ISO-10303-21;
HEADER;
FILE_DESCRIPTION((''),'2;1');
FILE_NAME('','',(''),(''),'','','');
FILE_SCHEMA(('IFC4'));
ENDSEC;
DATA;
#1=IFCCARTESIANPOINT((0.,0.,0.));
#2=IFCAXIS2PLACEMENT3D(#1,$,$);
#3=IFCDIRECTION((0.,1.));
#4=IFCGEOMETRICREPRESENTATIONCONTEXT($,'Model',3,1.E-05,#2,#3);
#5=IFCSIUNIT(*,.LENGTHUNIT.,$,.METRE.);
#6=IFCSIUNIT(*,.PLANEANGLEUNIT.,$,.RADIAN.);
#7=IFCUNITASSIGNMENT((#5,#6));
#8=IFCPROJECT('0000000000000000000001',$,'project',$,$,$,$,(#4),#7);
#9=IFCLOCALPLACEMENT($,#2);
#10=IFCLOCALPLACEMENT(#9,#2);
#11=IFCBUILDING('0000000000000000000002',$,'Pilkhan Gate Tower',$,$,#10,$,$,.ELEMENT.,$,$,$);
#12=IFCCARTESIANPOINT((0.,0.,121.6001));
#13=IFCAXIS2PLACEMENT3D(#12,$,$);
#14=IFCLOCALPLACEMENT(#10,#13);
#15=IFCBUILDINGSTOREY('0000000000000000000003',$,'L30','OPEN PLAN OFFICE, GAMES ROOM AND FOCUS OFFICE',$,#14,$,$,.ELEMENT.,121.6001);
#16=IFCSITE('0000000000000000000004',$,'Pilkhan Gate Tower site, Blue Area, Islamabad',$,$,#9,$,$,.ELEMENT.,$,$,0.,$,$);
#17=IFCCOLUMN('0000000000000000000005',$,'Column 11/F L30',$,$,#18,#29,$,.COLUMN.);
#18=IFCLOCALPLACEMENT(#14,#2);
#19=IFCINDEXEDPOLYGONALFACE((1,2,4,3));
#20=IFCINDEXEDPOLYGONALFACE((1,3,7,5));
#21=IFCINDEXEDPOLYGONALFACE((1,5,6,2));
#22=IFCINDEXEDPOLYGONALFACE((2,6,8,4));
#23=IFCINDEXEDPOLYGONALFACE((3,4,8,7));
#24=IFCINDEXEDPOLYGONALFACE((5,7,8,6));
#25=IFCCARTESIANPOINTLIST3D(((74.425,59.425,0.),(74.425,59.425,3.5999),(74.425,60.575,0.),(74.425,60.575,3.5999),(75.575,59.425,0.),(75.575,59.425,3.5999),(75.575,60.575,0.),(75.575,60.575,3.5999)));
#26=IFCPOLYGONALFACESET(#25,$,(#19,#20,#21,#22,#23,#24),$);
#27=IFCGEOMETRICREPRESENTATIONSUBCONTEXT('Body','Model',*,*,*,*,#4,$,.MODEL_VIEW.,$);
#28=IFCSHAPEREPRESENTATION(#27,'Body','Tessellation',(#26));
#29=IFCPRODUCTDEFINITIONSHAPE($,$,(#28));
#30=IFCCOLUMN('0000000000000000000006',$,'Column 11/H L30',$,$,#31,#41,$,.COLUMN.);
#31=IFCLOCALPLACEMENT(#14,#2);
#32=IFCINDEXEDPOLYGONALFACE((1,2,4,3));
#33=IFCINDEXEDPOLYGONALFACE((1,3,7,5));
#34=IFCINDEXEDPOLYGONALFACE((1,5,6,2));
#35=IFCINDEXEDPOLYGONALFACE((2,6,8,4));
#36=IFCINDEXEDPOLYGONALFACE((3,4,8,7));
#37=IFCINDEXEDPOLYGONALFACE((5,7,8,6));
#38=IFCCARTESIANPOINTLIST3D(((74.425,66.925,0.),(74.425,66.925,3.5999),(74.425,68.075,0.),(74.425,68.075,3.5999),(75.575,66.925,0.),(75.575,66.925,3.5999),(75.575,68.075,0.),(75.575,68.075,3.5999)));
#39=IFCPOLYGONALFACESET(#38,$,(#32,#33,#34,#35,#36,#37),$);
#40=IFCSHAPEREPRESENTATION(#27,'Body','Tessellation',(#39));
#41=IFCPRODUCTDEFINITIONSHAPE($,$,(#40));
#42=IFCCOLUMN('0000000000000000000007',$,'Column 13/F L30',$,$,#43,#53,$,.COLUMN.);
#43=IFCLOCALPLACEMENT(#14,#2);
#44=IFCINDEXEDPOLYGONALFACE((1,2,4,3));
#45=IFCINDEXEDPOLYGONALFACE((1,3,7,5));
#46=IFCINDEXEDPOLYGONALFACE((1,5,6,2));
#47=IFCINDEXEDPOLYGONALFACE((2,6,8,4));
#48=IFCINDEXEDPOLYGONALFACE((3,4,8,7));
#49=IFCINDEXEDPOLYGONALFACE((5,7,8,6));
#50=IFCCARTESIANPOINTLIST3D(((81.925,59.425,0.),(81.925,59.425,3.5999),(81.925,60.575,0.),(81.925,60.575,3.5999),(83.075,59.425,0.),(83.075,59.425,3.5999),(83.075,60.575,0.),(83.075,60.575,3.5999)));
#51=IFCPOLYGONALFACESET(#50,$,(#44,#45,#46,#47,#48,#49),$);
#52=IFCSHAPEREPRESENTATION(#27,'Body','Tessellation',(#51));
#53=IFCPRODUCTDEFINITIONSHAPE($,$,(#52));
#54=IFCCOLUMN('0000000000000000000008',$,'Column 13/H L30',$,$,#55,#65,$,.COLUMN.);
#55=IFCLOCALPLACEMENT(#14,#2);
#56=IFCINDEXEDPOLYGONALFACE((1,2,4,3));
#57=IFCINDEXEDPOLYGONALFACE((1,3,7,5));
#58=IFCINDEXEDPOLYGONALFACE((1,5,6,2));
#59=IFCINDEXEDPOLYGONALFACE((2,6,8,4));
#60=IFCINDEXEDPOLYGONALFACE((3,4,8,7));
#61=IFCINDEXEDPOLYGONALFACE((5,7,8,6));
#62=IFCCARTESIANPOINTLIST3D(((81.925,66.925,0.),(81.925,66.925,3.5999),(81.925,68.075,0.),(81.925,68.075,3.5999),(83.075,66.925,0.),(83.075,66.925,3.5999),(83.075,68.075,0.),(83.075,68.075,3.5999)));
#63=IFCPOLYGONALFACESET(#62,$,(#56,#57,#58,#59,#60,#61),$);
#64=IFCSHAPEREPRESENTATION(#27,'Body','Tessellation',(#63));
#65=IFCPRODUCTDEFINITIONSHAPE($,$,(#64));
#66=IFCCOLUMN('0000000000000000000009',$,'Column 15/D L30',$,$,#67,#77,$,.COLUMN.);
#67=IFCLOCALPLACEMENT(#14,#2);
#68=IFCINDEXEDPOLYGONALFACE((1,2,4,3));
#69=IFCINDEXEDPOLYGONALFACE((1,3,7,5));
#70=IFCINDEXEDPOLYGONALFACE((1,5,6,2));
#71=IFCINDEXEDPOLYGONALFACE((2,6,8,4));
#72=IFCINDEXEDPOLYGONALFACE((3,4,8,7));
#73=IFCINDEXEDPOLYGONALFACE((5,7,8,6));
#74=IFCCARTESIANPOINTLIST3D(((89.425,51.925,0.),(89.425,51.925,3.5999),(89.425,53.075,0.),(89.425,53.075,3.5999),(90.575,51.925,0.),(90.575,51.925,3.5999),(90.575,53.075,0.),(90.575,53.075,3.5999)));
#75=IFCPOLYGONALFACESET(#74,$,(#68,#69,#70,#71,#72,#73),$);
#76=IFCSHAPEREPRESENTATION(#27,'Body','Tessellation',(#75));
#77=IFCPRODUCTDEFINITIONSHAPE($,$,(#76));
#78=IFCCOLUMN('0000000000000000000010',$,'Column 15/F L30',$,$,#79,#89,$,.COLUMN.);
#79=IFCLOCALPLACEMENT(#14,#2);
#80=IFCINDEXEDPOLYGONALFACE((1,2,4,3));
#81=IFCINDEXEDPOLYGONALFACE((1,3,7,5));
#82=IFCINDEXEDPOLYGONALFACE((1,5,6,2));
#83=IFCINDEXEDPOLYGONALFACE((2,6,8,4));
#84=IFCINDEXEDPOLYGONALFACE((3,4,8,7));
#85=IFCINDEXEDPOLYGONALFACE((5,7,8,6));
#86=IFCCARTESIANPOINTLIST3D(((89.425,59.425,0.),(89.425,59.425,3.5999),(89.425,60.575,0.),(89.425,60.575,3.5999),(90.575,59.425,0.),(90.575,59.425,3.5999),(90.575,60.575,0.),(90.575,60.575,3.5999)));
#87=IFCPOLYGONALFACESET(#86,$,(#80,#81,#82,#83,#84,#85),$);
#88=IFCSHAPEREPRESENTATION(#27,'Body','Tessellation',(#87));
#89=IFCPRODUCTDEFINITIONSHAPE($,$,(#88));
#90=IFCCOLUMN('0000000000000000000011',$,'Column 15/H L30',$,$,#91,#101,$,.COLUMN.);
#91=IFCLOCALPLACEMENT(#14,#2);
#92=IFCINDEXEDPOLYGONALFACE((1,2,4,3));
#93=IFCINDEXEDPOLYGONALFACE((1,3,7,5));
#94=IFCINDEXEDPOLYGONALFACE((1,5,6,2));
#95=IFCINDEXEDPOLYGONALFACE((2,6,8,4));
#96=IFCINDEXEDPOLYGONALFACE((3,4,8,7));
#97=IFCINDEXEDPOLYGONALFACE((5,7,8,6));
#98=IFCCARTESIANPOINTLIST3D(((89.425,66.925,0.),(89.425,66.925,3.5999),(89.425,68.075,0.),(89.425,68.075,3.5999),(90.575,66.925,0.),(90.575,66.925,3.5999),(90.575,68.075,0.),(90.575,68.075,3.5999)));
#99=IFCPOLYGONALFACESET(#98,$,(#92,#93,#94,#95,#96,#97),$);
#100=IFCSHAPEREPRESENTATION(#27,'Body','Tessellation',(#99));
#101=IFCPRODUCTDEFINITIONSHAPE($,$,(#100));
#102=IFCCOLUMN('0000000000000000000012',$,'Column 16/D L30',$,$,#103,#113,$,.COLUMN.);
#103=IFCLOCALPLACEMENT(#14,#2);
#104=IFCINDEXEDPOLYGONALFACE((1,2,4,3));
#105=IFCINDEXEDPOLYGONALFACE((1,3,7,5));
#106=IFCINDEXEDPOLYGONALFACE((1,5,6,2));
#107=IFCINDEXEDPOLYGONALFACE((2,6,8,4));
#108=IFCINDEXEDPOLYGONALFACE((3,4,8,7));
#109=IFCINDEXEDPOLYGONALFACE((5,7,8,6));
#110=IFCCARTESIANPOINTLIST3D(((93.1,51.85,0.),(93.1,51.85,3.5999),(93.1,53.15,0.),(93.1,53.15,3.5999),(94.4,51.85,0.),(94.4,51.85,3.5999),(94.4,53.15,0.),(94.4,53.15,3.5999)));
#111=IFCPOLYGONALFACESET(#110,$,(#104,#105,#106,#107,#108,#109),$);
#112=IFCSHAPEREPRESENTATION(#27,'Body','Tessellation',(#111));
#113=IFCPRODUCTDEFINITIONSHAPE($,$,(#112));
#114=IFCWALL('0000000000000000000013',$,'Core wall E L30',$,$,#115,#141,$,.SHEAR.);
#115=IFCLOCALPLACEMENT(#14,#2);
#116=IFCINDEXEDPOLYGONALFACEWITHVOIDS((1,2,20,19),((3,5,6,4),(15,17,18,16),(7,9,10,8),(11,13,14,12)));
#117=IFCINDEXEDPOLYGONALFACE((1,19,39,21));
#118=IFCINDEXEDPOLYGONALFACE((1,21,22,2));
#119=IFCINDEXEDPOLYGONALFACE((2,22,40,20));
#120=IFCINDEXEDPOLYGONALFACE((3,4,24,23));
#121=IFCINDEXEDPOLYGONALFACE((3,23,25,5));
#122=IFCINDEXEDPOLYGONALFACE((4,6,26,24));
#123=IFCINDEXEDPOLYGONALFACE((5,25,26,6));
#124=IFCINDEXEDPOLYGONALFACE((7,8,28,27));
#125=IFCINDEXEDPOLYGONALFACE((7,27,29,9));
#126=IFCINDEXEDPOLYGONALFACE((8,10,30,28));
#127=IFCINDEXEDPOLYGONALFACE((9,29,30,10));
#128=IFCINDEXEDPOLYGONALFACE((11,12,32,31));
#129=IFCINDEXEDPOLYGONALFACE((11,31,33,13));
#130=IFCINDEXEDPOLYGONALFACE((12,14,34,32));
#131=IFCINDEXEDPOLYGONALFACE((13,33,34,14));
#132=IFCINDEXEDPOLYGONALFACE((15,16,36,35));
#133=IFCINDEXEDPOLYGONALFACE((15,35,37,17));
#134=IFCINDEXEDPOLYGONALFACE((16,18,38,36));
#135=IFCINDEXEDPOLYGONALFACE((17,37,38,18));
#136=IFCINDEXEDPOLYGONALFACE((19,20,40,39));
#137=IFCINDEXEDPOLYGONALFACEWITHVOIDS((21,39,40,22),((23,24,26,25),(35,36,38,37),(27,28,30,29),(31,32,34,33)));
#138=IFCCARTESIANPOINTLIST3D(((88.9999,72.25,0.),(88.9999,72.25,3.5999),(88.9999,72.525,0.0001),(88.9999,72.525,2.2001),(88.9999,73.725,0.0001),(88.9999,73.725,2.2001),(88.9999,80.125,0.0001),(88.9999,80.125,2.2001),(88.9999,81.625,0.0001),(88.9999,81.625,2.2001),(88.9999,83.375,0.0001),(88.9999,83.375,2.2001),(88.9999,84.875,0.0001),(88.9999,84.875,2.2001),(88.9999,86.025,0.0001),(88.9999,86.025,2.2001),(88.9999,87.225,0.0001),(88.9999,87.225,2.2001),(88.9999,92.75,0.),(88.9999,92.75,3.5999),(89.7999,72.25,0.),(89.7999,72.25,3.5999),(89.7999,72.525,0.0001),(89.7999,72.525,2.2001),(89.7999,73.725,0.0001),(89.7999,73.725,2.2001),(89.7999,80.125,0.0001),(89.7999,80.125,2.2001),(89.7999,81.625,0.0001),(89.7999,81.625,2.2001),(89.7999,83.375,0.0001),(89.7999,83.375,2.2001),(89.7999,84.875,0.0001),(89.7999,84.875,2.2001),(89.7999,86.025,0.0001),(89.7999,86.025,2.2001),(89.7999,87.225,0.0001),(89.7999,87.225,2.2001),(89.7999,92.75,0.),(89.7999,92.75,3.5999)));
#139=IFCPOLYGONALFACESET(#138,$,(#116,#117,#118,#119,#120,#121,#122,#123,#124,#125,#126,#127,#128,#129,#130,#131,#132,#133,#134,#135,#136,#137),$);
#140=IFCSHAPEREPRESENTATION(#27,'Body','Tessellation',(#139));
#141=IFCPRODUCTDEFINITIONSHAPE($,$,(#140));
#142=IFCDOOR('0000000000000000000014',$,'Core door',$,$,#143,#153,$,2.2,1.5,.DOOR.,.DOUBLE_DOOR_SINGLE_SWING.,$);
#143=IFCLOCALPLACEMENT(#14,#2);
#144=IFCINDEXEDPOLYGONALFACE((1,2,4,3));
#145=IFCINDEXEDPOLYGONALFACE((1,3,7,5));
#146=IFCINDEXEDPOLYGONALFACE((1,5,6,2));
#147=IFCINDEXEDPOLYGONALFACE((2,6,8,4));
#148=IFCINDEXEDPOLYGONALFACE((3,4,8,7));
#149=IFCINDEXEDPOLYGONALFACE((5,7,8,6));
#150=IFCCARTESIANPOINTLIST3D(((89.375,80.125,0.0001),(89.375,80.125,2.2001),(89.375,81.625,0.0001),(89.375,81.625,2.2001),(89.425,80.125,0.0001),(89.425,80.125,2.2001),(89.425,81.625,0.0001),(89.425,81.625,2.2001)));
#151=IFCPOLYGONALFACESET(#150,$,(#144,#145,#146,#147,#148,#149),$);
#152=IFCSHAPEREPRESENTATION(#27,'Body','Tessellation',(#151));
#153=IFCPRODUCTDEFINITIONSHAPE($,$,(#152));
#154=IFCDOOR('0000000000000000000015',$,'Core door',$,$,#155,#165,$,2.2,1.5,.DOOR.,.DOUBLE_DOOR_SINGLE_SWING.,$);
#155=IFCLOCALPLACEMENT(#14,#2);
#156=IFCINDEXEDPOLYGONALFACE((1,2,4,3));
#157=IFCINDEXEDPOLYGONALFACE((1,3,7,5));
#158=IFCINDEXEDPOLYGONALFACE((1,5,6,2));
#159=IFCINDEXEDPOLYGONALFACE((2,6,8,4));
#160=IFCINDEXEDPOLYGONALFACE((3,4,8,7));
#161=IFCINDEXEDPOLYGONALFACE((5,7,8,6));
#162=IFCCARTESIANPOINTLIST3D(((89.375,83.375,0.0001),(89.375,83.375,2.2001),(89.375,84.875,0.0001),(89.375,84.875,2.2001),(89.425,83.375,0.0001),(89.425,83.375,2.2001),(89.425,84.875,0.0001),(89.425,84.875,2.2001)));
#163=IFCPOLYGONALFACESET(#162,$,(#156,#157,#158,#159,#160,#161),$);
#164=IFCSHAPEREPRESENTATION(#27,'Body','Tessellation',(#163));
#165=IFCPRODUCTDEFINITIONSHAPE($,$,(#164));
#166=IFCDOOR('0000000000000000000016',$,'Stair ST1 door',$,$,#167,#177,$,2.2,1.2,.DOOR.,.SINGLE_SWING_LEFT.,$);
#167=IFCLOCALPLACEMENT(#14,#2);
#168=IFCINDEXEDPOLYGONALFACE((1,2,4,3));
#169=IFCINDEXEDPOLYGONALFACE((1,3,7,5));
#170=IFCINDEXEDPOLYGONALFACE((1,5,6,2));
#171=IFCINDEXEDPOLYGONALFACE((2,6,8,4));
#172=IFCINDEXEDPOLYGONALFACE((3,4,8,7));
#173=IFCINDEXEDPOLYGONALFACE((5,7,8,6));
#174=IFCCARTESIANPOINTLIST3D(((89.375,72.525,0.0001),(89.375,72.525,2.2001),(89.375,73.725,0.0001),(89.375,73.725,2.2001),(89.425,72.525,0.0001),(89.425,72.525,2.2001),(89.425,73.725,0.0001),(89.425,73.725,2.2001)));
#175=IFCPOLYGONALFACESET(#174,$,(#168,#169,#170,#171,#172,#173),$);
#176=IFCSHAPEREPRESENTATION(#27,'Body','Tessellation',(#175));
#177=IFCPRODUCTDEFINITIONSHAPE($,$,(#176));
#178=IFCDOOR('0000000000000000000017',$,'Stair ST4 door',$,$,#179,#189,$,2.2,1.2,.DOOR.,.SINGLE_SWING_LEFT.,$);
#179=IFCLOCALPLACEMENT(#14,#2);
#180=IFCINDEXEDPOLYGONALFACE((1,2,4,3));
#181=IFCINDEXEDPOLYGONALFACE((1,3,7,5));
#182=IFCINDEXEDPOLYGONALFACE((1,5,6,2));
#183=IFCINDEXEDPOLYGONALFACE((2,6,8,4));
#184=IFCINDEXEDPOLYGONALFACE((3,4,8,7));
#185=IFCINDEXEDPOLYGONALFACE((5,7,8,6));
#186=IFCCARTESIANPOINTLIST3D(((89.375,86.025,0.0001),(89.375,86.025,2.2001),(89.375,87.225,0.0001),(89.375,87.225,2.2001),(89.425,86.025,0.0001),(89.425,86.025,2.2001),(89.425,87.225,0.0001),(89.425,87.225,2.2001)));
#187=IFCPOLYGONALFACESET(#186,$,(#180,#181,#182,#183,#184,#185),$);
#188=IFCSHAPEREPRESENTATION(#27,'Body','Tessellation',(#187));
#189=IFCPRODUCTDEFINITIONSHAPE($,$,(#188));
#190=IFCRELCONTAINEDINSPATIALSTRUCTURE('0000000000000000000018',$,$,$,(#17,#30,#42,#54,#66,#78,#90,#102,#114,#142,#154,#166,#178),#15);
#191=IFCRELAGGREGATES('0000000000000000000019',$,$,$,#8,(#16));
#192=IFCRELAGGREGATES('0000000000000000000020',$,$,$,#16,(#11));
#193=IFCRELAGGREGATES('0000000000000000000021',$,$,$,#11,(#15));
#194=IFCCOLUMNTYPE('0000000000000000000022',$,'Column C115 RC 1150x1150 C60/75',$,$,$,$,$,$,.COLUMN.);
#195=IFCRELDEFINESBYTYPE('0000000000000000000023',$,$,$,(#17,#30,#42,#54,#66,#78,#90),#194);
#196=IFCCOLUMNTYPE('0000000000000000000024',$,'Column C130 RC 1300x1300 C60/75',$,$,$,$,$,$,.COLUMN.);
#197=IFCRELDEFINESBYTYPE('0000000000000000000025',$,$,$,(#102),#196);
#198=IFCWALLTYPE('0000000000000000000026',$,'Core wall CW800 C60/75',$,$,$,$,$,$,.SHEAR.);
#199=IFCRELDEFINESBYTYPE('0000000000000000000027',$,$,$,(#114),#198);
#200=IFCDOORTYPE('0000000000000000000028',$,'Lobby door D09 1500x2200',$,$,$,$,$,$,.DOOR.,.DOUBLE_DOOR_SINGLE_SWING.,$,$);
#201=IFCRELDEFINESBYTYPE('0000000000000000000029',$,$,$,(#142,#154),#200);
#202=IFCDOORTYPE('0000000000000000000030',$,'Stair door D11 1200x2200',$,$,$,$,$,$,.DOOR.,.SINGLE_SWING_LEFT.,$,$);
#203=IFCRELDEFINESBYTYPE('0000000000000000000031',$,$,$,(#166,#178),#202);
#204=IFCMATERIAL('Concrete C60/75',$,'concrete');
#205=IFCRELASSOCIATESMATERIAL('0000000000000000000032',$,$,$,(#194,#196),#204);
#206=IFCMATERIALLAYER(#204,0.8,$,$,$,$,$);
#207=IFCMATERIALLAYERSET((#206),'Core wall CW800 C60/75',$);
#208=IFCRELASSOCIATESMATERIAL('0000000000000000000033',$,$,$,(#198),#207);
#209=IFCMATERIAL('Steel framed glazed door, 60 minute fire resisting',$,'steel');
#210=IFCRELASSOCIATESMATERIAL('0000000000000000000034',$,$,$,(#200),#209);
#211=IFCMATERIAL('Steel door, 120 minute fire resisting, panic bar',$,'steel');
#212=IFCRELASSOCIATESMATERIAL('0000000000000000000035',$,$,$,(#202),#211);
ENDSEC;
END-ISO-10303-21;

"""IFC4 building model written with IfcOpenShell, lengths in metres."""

from ifc_helpers import new_model, si_unit, direction, frame, frame_2d, origin, origin_2d, place, context, subcontext, project, spatial, rectangle, extrude, material, layer, layer_set, material_profile, profile_set, type_object, element, fill, save


model = new_model("IFC4")

# Units and contexts
model_context = context("Model", 3, precision=1e-05, world=origin(), true_north=direction((0.0, 1.0)))
body_context = subcontext(model_context, "Body", "Model", "MODEL_VIEW")
ifc_project = project(units=[si_unit("LENGTHUNIT", "METRE"), si_unit("PLANEANGLEUNIT", "RADIAN")], contexts=[model_context])

# Site, building, storey
site_placement = place(None, origin())
site = spatial("IfcSite", under=ifc_project, at=site_placement, Name="Pilkhan Gate Tower site, Blue Area, Islamabad", CompositionType="ELEMENT", RefElevation=0.0)
building_placement = place(site_placement, origin())
building = spatial("IfcBuilding", under=site, at=building_placement, Name="Pilkhan Gate Tower", CompositionType="ELEMENT")
storey_placement = place(building_placement, frame((0.0, 0.0, 121.6001)))
storey = spatial("IfcBuildingStorey", under=building, at=storey_placement, Name="L30", Description="OPEN PLAN OFFICE, GAMES ROOM AND FOCUS OFFICE", CompositionType="ELEMENT", Elevation=121.6001)

# Columns
ifc_material_1 = material(Name="Concrete C60/75", Category="concrete")
ifc_material_profile_1 = material_profile(ifc_material_1, rectangle(XDim=1.1499, YDim=1.1499, at=origin_2d()), Name="RC 1150x1150")
ifc_profile_set_1 = profile_set([ifc_material_profile_1], Name="Concrete C60/75")
column_type_1 = type_object("IfcColumnType", Name="Column C115 RC 1150x1150 C60/75", PredefinedType="COLUMN", material=ifc_profile_set_1)
for number, where, z_axis, x_axis, name in (
    (1, (75.0, 60.0, 0.0), (0.0, 0.0, 1.0), (1.0, 0.0, 0.0), "Column 11/F L30"),
    (2, (75.0, 67.5, 0.0), (0.0, 0.0, 1.0), (1.0, 0.0, 0.0), "Column 11/H L30"),
    (3, (82.5, 60.0, 0.0), (0.0, 0.0, 1.0), (1.0, 0.0, 0.0), "Column 13/F L30"),
    (4, (82.5, 67.5, 0.0), (0.0, 0.0, 1.0), (1.0, 0.0, 0.0), "Column 13/H L30"),
    (5, (90.0, 52.5, 0.0), (0.0, 0.0, 1.0), (1.0, 0.0, 0.0), "Column 15/D L30"),
    (6, (90.0, 60.0, 0.0), (0.0, 0.0, 1.0), (1.0, 0.0, 0.0), "Column 15/F L30"),
    (7, (90.0, 67.5, 0.0), (0.0, 0.0, 1.0), (1.0, 0.0, 0.0), "Column 15/H L30"),
):
    element("IfcColumn", number, at=place(storey_placement, frame(where, z_axis=z_axis, x_axis=x_axis)), inside=storey, type_object=column_type_1, Name=name, PredefinedType="COLUMN", context=body_context, shape_type="SweptSolid", body=[
        extrude(rectangle(XDim=1.1499, YDim=1.1499, at=origin_2d()), origin(), (0.0, 0.0, 1.0), 3.5999),
    ])
ifc_material_profile_2 = material_profile(ifc_material_1, rectangle(XDim=1.3, YDim=1.3, at=origin_2d()), Name="RC 1300x1300")
ifc_profile_set_2 = profile_set([ifc_material_profile_2], Name="Concrete C60/75")
column_type_2 = type_object("IfcColumnType", Name="Column C130 RC 1300x1300 C60/75", PredefinedType="COLUMN", material=ifc_profile_set_2)
column_placement = place(storey_placement, frame((93.75, 52.5, 0.0), z_axis=(0.0, 0.0, 1.0), x_axis=(1.0, 0.0, 0.0)))
element("IfcColumn", 8, at=column_placement, inside=storey, type_object=column_type_2, Name="Column 16/D L30", PredefinedType="COLUMN", context=body_context, shape_type="SweptSolid", body=[
    extrude(rectangle(XDim=1.3, YDim=1.3, at=origin_2d()), origin(), (0.0, 0.0, 1.0), 3.5999),
])

# Wall, openings, doors
ifc_layer_1 = layer(ifc_material_1, 0.8)
ifc_layer_set_1 = layer_set([ifc_layer_1], Name="Core wall CW800 C60/75")
wall_type_1 = type_object("IfcWallType", Name="Core wall CW800 C60/75", PredefinedType="SHEAR", material=ifc_layer_set_1)
wall_1_placement = place(storey_placement, frame((89.3999, 72.25, 0.0), z_axis=(0.0, 0.0, 1.0), x_axis=(0.0, 1.0, 0.0)))
wall_1 = element("IfcWall", 9, at=wall_1_placement, inside=storey, type_object=wall_type_1, Name="Core wall E L30", PredefinedType="SHEAR", context=body_context, shape_type="SweptSolid", body=[
    extrude(rectangle(XDim=20.5, YDim=0.8, at=frame_2d((10.25, 0.0))), origin(), (0.0, 0.0, 1.0), 3.5999),
])
opening_1_placement = place(wall_1_placement, frame((0.2749, 0.0, 0.0)))
opening_1 = element("IfcOpeningElement", 10, at=opening_1_placement, cuts=wall_1, PredefinedType="OPENING", context=body_context, shape_type="SweptSolid", body=[
    extrude(rectangle(XDim=1.2, YDim=2.2, at=frame_2d((0.6001, 1.1001))), frame((0.0, 0.4099, 0.0), z_axis=(0.0, -1.0, 0.0), x_axis=(1.0, 0.0, 0.0)), (0.0, 0.0, 1.0), 0.8201),
])
opening_2_placement = place(wall_1_placement, frame((13.7749, 0.0, 0.0)))
opening_2 = element("IfcOpeningElement", 11, at=opening_2_placement, cuts=wall_1, PredefinedType="OPENING", context=body_context, shape_type="SweptSolid", body=[
    extrude(rectangle(XDim=1.2, YDim=2.2, at=frame_2d((0.6001, 1.1001))), frame((0.0, 0.4099, 0.0), z_axis=(0.0, -1.0, 0.0), x_axis=(1.0, 0.0, 0.0)), (0.0, 0.0, 1.0), 0.8201),
])
opening_3_placement = place(wall_1_placement, frame((7.875, 0.0, 0.0)))
opening_3 = element("IfcOpeningElement", 12, at=opening_3_placement, cuts=wall_1, PredefinedType="OPENING", context=body_context, shape_type="SweptSolid", body=[
    extrude(rectangle(XDim=1.5, YDim=2.2, at=frame_2d((0.75, 1.1001))), frame((0.0, 0.4099, 0.0), z_axis=(0.0, -1.0, 0.0), x_axis=(1.0, 0.0, 0.0)), (0.0, 0.0, 1.0), 0.8201),
])
opening_4_placement = place(wall_1_placement, frame((11.125, 0.0, 0.0)))
opening_4 = element("IfcOpeningElement", 13, at=opening_4_placement, cuts=wall_1, PredefinedType="OPENING", context=body_context, shape_type="SweptSolid", body=[
    extrude(rectangle(XDim=1.5, YDim=2.2, at=frame_2d((0.75, 1.1001))), frame((0.0, 0.4099, 0.0), z_axis=(0.0, -1.0, 0.0), x_axis=(1.0, 0.0, 0.0)), (0.0, 0.0, 1.0), 0.8201),
])
ifc_material_2 = material(Name="Steel framed glazed door, 60 minute fire resisting", Category="steel")
door_type_1 = type_object("IfcDoorType", Name="Lobby door D09 1500x2200", OperationType="DOUBLE_DOOR_SINGLE_SWING", PredefinedType="DOOR", material=ifc_material_2)
door_1_placement = place(opening_3_placement, origin())
door_1 = element("IfcDoor", 14, at=door_1_placement, inside=storey, type_object=door_type_1, Name="Core door", OperationType="DOUBLE_DOOR_SINGLE_SWING", OverallHeight=2.2, OverallWidth=1.5, PredefinedType="DOOR", context=body_context, shape_type="SweptSolid", body=[
    extrude(rectangle(XDim=1.5, YDim=2.2, at=frame_2d((0.75, 1.1001))), frame((0.0, 0.0249, 0.0), z_axis=(0.0, -1.0, 0.0), x_axis=(1.0, 0.0, 0.0)), (0.0, 0.0, 1.0), 0.05),
])
fill(opening_3, door_1)
door_2_placement = place(opening_4_placement, origin())
door_2 = element("IfcDoor", 15, at=door_2_placement, inside=storey, type_object=door_type_1, Name="Core door", OperationType="DOUBLE_DOOR_SINGLE_SWING", OverallHeight=2.2, OverallWidth=1.5, PredefinedType="DOOR", context=body_context, shape_type="SweptSolid", body=[
    extrude(rectangle(XDim=1.5, YDim=2.2, at=frame_2d((0.75, 1.1001))), frame((0.0, 0.0249, 0.0), z_axis=(0.0, -1.0, 0.0), x_axis=(1.0, 0.0, 0.0)), (0.0, 0.0, 1.0), 0.05),
])
fill(opening_4, door_2)
ifc_material_3 = material(Name="Steel door, 120 minute fire resisting, panic bar", Category="steel")
door_type_2 = type_object("IfcDoorType", Name="Stair door D11 1200x2200", OperationType="SINGLE_SWING_LEFT", PredefinedType="DOOR", material=ifc_material_3)
door_3_placement = place(opening_1_placement, origin())
door_3 = element("IfcDoor", 16, at=door_3_placement, inside=storey, type_object=door_type_2, Name="Stair ST1 door", OperationType="SINGLE_SWING_LEFT", OverallHeight=2.2, OverallWidth=1.2, PredefinedType="DOOR", context=body_context, shape_type="SweptSolid", body=[
    extrude(rectangle(XDim=1.2, YDim=2.2, at=frame_2d((0.6001, 1.1001))), frame((0.0, 0.0249, 0.0), z_axis=(0.0, -1.0, 0.0), x_axis=(1.0, 0.0, 0.0)), (0.0, 0.0, 1.0), 0.05),
])
fill(opening_1, door_3)
door_4_placement = place(opening_2_placement, origin())
door_4 = element("IfcDoor", 17, at=door_4_placement, inside=storey, type_object=door_type_2, Name="Stair ST4 door", OperationType="SINGLE_SWING_LEFT", OverallHeight=2.2, OverallWidth=1.2, PredefinedType="DOOR", context=body_context, shape_type="SweptSolid", body=[
    extrude(rectangle(XDim=1.2, YDim=2.2, at=frame_2d((0.6001, 1.1001))), frame((0.0, 0.0249, 0.0), z_axis=(0.0, -1.0, 0.0), x_axis=(1.0, 0.0, 0.0)), (0.0, 0.0, 1.0), 0.05),
])
fill(opening_2, door_4)

save(model, "model.ifc")
